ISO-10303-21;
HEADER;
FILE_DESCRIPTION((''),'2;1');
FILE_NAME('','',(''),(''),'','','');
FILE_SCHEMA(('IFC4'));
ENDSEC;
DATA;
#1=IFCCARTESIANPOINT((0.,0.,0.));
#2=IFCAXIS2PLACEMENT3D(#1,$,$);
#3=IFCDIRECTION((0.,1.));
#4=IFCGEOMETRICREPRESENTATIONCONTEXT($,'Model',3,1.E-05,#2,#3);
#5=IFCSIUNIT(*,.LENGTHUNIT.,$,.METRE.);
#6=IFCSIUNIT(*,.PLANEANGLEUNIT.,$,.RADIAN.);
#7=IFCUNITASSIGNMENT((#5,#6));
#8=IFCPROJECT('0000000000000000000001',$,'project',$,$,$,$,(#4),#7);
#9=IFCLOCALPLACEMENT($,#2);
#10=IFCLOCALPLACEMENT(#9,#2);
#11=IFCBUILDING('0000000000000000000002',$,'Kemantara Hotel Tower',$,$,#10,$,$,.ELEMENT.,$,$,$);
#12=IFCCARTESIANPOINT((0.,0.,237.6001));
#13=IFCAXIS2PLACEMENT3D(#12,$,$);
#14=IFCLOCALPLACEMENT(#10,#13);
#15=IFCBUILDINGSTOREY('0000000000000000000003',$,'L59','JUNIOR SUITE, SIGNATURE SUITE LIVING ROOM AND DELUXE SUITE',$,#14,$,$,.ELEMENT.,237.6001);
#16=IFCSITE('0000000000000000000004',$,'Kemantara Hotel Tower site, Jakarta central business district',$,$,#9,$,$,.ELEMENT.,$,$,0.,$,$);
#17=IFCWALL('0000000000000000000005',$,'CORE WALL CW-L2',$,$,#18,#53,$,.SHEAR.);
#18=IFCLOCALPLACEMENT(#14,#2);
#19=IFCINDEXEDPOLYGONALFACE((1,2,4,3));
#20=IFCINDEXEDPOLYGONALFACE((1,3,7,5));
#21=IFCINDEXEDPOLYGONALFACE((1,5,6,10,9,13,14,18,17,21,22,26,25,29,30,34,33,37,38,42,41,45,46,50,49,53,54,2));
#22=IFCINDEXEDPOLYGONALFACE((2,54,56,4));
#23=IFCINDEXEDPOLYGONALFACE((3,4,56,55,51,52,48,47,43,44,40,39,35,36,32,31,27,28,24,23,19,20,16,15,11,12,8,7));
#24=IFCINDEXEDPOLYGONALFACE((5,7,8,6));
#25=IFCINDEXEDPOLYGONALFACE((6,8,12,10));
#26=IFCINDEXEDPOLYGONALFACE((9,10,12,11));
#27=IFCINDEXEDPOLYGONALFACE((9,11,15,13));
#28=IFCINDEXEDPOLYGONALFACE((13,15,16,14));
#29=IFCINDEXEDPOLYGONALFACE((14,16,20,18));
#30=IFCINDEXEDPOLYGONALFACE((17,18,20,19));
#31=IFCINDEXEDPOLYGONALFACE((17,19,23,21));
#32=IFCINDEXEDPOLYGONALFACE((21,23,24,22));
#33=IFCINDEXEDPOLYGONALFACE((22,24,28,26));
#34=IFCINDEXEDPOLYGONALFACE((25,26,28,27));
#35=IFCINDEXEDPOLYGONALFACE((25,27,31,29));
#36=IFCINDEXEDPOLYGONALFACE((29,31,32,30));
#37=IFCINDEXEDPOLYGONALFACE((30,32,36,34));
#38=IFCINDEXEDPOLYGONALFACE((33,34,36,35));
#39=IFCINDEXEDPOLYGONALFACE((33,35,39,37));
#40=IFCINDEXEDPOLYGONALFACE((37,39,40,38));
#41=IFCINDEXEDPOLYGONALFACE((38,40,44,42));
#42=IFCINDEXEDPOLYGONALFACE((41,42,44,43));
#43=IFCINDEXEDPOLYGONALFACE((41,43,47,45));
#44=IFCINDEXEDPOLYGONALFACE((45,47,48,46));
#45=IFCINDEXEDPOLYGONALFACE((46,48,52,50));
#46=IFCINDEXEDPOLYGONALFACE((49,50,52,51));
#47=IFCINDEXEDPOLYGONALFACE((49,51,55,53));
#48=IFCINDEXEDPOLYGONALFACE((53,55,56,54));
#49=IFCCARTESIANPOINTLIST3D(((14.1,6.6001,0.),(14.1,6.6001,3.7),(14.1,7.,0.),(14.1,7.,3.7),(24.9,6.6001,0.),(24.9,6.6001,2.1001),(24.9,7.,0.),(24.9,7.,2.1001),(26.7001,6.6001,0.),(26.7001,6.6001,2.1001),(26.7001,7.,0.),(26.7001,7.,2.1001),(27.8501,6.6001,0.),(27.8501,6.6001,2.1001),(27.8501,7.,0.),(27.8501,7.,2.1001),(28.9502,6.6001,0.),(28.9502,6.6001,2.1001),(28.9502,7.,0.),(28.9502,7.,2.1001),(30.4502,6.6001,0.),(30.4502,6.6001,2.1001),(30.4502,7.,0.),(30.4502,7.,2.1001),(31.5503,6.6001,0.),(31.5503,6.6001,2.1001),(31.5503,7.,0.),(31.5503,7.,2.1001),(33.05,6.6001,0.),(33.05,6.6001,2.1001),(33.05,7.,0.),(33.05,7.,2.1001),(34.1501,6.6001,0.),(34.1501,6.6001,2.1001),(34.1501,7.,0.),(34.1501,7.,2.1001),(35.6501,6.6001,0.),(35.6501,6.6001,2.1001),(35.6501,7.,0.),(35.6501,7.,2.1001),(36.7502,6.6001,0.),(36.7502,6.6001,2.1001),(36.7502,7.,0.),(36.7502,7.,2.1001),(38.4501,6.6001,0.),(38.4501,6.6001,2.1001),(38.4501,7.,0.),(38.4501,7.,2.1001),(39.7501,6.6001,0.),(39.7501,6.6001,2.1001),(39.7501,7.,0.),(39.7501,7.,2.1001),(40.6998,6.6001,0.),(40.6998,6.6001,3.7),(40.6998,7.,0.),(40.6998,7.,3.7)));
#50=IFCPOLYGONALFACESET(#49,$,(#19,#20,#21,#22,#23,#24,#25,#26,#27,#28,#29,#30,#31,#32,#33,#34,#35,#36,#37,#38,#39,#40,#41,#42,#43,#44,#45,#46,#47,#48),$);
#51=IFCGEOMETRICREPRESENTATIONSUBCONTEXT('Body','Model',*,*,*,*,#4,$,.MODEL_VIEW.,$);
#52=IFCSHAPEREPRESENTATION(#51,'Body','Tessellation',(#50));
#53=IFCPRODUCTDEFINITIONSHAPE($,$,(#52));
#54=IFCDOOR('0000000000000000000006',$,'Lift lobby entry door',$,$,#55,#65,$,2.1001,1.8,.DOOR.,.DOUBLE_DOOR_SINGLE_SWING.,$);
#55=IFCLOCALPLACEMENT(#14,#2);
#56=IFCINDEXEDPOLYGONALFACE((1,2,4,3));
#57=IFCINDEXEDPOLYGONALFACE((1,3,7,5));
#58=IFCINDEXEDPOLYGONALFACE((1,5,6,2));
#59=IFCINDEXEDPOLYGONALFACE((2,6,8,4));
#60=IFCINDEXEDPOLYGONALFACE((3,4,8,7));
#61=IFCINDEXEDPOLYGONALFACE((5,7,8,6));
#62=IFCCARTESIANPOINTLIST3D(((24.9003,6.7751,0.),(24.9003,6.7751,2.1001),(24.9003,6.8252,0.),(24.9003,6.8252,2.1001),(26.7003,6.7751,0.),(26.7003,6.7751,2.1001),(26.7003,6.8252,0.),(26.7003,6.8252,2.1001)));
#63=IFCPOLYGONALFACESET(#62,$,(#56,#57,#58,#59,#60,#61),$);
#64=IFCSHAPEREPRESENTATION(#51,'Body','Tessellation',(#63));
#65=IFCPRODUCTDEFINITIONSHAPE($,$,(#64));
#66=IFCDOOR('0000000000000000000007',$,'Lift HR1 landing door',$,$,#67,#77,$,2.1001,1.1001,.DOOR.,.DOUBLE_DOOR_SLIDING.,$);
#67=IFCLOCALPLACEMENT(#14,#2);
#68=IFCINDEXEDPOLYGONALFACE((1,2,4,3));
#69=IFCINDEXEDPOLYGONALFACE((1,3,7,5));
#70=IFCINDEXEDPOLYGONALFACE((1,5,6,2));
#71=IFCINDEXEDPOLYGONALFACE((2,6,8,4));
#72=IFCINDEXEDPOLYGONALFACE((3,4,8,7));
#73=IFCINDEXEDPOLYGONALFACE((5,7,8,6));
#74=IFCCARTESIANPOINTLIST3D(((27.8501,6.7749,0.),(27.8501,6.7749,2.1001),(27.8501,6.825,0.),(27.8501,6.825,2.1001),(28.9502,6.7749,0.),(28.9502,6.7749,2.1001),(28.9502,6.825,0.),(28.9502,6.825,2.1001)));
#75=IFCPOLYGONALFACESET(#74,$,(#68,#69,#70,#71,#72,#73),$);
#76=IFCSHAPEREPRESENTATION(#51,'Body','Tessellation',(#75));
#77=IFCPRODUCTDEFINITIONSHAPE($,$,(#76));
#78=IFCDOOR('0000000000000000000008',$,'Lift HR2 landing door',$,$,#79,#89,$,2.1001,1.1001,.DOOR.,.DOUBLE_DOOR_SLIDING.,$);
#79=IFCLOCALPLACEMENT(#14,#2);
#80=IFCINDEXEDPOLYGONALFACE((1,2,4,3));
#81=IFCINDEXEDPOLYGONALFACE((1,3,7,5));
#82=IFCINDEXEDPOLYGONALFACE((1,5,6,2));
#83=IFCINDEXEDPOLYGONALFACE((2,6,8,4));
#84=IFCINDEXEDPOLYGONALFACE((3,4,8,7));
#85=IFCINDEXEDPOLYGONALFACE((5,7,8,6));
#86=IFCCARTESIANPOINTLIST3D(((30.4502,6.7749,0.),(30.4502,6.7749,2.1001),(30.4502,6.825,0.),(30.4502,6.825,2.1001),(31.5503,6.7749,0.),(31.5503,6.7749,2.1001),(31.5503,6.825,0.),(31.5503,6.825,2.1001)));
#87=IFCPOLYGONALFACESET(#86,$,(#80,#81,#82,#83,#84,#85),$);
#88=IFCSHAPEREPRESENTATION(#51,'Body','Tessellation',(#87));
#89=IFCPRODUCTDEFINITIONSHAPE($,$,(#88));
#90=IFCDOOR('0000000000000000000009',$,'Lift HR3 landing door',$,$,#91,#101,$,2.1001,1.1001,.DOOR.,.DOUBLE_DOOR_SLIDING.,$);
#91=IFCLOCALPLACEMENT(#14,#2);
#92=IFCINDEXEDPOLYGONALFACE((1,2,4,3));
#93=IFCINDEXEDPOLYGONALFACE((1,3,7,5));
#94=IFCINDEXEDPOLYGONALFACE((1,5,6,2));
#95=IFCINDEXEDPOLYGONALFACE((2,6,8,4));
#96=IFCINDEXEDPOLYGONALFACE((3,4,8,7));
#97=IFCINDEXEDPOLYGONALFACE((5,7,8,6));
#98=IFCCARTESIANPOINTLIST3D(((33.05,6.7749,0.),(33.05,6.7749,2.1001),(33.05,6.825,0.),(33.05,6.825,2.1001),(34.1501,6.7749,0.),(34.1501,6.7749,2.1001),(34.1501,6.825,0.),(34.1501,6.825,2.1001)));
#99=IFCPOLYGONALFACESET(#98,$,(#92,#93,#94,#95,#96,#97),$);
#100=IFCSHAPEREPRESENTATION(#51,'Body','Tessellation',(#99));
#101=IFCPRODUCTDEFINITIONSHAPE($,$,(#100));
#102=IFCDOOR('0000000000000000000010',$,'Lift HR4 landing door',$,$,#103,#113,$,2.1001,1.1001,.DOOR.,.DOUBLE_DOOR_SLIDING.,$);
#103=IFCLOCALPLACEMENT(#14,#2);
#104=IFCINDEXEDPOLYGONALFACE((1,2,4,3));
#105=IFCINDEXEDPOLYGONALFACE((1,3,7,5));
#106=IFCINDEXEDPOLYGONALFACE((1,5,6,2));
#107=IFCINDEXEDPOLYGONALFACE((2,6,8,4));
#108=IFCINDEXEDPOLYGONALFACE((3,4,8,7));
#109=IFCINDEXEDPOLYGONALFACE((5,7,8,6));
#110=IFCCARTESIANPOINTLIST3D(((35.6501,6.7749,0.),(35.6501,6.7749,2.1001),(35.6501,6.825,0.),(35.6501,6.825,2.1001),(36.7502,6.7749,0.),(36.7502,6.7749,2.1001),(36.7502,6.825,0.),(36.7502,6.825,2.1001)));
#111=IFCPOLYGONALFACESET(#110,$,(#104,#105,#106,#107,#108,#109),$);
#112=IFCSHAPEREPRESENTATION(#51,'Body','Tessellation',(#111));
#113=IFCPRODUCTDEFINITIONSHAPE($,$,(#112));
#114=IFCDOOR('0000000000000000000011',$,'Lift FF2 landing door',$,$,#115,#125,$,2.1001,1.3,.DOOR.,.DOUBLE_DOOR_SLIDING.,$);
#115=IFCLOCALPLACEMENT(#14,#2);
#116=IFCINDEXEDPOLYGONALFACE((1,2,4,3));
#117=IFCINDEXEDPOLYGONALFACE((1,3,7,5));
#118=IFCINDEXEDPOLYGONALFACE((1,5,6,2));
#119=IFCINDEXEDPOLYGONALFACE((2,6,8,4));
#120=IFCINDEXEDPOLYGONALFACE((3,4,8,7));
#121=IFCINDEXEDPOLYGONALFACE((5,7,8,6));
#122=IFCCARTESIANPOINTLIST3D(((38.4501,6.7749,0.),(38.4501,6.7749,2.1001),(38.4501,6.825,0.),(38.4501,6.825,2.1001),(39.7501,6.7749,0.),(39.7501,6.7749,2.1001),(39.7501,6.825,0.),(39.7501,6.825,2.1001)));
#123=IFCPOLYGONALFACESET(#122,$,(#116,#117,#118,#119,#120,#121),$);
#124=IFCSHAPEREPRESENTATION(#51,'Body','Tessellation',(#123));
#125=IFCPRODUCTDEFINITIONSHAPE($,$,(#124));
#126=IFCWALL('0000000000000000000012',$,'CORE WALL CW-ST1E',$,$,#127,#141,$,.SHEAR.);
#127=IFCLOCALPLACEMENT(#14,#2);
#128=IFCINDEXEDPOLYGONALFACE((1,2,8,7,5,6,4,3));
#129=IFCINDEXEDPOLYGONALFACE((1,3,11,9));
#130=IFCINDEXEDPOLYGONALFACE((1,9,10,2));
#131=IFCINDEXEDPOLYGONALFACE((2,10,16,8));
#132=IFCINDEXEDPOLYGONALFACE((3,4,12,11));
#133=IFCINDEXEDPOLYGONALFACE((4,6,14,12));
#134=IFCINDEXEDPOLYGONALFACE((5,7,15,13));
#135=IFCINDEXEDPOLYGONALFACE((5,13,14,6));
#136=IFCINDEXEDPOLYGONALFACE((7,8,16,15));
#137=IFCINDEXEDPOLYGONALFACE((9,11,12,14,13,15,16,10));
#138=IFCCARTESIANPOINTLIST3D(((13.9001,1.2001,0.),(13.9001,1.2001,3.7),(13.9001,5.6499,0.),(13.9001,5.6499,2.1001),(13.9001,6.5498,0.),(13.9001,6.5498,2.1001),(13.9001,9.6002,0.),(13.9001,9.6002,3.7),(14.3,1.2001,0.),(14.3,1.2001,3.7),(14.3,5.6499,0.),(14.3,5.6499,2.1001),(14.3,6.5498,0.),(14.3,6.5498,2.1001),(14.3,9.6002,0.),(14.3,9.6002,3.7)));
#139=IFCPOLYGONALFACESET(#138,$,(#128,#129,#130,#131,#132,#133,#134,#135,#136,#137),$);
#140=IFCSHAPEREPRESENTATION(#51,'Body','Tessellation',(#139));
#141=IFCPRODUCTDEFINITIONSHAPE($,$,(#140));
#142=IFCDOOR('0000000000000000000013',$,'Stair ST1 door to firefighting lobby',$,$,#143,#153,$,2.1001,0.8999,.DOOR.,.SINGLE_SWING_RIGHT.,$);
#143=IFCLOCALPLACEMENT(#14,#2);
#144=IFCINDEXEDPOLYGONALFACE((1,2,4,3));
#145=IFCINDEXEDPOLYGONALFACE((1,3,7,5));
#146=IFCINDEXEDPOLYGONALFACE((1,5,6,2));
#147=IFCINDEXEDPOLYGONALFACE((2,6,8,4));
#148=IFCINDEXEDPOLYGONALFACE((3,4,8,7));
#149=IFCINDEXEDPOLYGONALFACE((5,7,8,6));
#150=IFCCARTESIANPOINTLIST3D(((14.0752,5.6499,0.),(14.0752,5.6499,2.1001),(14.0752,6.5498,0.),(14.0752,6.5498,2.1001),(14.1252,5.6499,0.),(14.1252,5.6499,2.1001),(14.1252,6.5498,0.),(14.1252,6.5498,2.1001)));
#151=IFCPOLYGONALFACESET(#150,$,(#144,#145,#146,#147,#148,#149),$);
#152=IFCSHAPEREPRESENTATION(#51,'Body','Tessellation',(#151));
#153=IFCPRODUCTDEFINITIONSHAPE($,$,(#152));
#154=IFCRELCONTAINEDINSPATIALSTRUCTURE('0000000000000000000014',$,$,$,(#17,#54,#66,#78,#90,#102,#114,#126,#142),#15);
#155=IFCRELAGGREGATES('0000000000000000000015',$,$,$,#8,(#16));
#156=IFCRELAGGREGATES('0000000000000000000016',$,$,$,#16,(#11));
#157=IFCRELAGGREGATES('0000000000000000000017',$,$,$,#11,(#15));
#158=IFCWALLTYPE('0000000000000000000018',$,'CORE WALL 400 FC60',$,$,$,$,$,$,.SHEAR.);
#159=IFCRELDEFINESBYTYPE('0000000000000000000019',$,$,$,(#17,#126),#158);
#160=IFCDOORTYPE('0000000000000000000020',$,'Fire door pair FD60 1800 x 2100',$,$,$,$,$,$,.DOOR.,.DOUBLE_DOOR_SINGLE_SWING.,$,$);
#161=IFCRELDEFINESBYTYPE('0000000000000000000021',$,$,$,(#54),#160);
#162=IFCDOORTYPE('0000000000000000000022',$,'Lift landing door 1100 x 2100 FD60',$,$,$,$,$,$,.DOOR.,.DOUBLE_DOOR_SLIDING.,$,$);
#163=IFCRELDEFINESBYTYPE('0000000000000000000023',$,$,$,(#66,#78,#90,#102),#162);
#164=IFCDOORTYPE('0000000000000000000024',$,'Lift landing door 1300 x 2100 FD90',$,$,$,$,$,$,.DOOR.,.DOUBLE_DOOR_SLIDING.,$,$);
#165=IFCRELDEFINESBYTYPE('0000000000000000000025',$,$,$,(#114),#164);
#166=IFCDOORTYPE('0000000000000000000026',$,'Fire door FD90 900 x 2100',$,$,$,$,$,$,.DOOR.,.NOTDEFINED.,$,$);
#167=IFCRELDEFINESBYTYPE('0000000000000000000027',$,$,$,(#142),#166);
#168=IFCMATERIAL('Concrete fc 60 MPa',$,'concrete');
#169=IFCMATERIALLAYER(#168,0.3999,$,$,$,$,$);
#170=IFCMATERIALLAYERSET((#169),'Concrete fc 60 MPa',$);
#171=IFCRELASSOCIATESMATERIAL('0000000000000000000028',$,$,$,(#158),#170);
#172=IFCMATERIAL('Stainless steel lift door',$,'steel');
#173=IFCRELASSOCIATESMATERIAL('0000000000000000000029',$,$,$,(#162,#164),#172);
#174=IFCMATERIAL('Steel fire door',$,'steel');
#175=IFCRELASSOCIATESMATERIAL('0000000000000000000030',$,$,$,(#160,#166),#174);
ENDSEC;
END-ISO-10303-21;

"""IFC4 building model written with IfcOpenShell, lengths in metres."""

from ifc_helpers import new_model, si_unit, direction, frame, frame_2d, origin, place, context, subcontext, project, spatial, rectangle, extrude, material, layer, layer_set, type_object, element, fill, save


model = new_model("IFC4")

# Units and contexts
model_context = context("Model", 3, precision=1e-05, world=origin(), true_north=direction((0.0, 1.0)))
body_context = subcontext(model_context, "Body", "Model", "MODEL_VIEW")
ifc_project = project(units=[si_unit("LENGTHUNIT", "METRE"), si_unit("PLANEANGLEUNIT", "RADIAN")], contexts=[model_context])

# Site, building, storey
site_placement = place(None, origin())
site = spatial("IfcSite", under=ifc_project, at=site_placement, Name="Kemantara Hotel Tower site, Jakarta central business district", CompositionType="ELEMENT", RefElevation=0.0)
building_placement = place(site_placement, origin())
building = spatial("IfcBuilding", under=site, at=building_placement, Name="Kemantara Hotel Tower", CompositionType="ELEMENT")
storey_placement = place(building_placement, frame((0.0, 0.0, 237.6001)))
storey = spatial("IfcBuildingStorey", under=building, at=storey_placement, Name="L59", Description="JUNIOR SUITE, SIGNATURE SUITE LIVING ROOM AND DELUXE SUITE", CompositionType="ELEMENT", Elevation=237.6001)

# Shared definitions
ifc_material_1 = material(Name="Concrete fc 60 MPa", Category="concrete")

# Wall, openings, doors
ifc_layer_1 = layer(ifc_material_1, 0.3999)
ifc_layer_set_1 = layer_set([ifc_layer_1], Name="Concrete fc 60 MPa")
wall_type_1 = type_object("IfcWallType", Name="CORE WALL 400 FC60", PredefinedType="SHEAR", material=ifc_layer_set_1)
ifc_material_2 = material(Name="Steel fire door", Category="steel")
ifc_material_3 = material(Name="Stainless steel lift door", Category="steel")
door_type_1 = type_object("IfcDoorType", Name="Lift landing door 1100 x 2100 FD60", OperationType="DOUBLE_DOOR_SLIDING", PredefinedType="DOOR", material=ifc_material_3)
door_type_2 = type_object("IfcDoorType", Name="Lift landing door 1300 x 2100 FD90", OperationType="DOUBLE_DOOR_SLIDING", PredefinedType="DOOR", material=ifc_material_3)
wall_1_placement = place(storey_placement, frame((14.1001, 6.8, 0.0), z_axis=(0.0, 0.0, 1.0), x_axis=(1.0, 0.0, 0.0)))
wall_1 = element("IfcWall", 1, at=wall_1_placement, inside=storey, type_object=wall_type_1, Name="CORE WALL CW-L2", PredefinedType="SHEAR", context=body_context, shape_type="SweptSolid", body=[
    extrude(rectangle(XDim=26.5999, YDim=0.3999, at=frame_2d((13.2998, 0.0))), origin(), (0.0, 0.0, 1.0), 3.7),
])
opening_1_placement = place(wall_1_placement, frame((10.8, 0.0, 0.0)))
opening_1 = element("IfcOpeningElement", 2, at=opening_1_placement, cuts=wall_1, PredefinedType="OPENING", context=body_context, shape_type="SweptSolid", body=[
    extrude(rectangle(XDim=1.8, YDim=2.1001, at=frame_2d((0.8999, 1.05))), frame((0.0, 0.21, 0.0), z_axis=(0.0, -1.0, 0.0), x_axis=(1.0, 0.0, 0.0)), (0.0, 0.0, 1.0), 0.4199),
])
opening_2_placement = place(wall_1_placement, frame((13.75, 0.0, 0.0)))
opening_2 = element("IfcOpeningElement", 3, at=opening_2_placement, cuts=wall_1, PredefinedType="OPENING", context=body_context, shape_type="SweptSolid", body=[
    extrude(rectangle(XDim=1.1001, YDim=2.1001, at=frame_2d((0.55, 1.05))), frame((0.0, 0.21, 0.0), z_axis=(0.0, -1.0, 0.0), x_axis=(1.0, 0.0, 0.0)), (0.0, 0.0, 1.0), 0.4199),
])
opening_3_placement = place(wall_1_placement, frame((16.3501, 0.0, 0.0)))
opening_3 = element("IfcOpeningElement", 4, at=opening_3_placement, cuts=wall_1, PredefinedType="OPENING", context=body_context, shape_type="SweptSolid", body=[
    extrude(rectangle(XDim=1.1001, YDim=2.1001, at=frame_2d((0.55, 1.05))), frame((0.0, 0.21, 0.0), z_axis=(0.0, -1.0, 0.0), x_axis=(1.0, 0.0, 0.0)), (0.0, 0.0, 1.0), 0.4199),
])
opening_4_placement = place(wall_1_placement, frame((18.95, 0.0, 0.0)))
opening_4 = element("IfcOpeningElement", 5, at=opening_4_placement, cuts=wall_1, PredefinedType="OPENING", context=body_context, shape_type="SweptSolid", body=[
    extrude(rectangle(XDim=1.1001, YDim=2.1001, at=frame_2d((0.55, 1.05))), frame((0.0, 0.21, 0.0), z_axis=(0.0, -1.0, 0.0), x_axis=(1.0, 0.0, 0.0)), (0.0, 0.0, 1.0), 0.4199),
])
opening_5_placement = place(wall_1_placement, frame((21.55, 0.0, 0.0)))
opening_5 = element("IfcOpeningElement", 6, at=opening_5_placement, cuts=wall_1, PredefinedType="OPENING", context=body_context, shape_type="SweptSolid", body=[
    extrude(rectangle(XDim=1.1001, YDim=2.1001, at=frame_2d((0.55, 1.05))), frame((0.0, 0.21, 0.0), z_axis=(0.0, -1.0, 0.0), x_axis=(1.0, 0.0, 0.0)), (0.0, 0.0, 1.0), 0.4199),
])
opening_6_placement = place(wall_1_placement, frame((24.3501, 0.0, 0.0)))
opening_6 = element("IfcOpeningElement", 7, at=opening_6_placement, cuts=wall_1, PredefinedType="OPENING", context=body_context, shape_type="SweptSolid", body=[
    extrude(rectangle(XDim=1.3, YDim=2.1001, at=frame_2d((0.6499, 1.05))), frame((0.0, 0.21, 0.0), z_axis=(0.0, -1.0, 0.0), x_axis=(1.0, 0.0, 0.0)), (0.0, 0.0, 1.0), 0.4199),
])
door_type_3 = type_object("IfcDoorType", Name="Fire door pair FD60 1800 x 2100", OperationType="DOUBLE_DOOR_SINGLE_SWING", PredefinedType="DOOR", material=ifc_material_2)
door_1_placement = place(opening_1_placement, frame((1.8, 0.0, 0.0), z_axis=(0.0, 0.0, 1.0), x_axis=(-1.0, 0.0, 0.0)))
door_1 = element("IfcDoor", 8, at=door_1_placement, inside=storey, type_object=door_type_3, Name="Lift lobby entry door", OperationType="DOUBLE_DOOR_SINGLE_SWING", OverallHeight=2.1001, OverallWidth=1.8, PredefinedType="DOOR", context=body_context, shape_type="SweptSolid", body=[
    extrude(rectangle(XDim=1.8, YDim=2.1001, at=frame_2d((0.8999, 1.05))), frame((0.0, 0.0249, 0.0), z_axis=(0.0, -1.0, 0.0), x_axis=(1.0, 0.0, 0.0)), (0.0, 0.0, 1.0), 0.05),
])
fill(opening_1, door_1)
door_2_placement = place(opening_2_placement, origin())
door_2 = element("IfcDoor", 9, at=door_2_placement, inside=storey, type_object=door_type_1, Name="Lift HR1 landing door", OperationType="DOUBLE_DOOR_SLIDING", OverallHeight=2.1001, OverallWidth=1.1001, PredefinedType="DOOR", context=body_context, shape_type="SweptSolid", body=[
    extrude(rectangle(XDim=1.1001, YDim=2.1001, at=frame_2d((0.55, 1.05))), frame((0.0, 0.0249, 0.0), z_axis=(0.0, -1.0, 0.0), x_axis=(1.0, 0.0, 0.0)), (0.0, 0.0, 1.0), 0.05),
])
fill(opening_2, door_2)
door_3_placement = place(opening_3_placement, origin())
door_3 = element("IfcDoor", 10, at=door_3_placement, inside=storey, type_object=door_type_1, Name="Lift HR2 landing door", OperationType="DOUBLE_DOOR_SLIDING", OverallHeight=2.1001, OverallWidth=1.1001, PredefinedType="DOOR", context=body_context, shape_type="SweptSolid", body=[
    extrude(rectangle(XDim=1.1001, YDim=2.1001, at=frame_2d((0.55, 1.05))), frame((0.0, 0.0249, 0.0), z_axis=(0.0, -1.0, 0.0), x_axis=(1.0, 0.0, 0.0)), (0.0, 0.0, 1.0), 0.05),
])
fill(opening_3, door_3)
door_4_placement = place(opening_4_placement, origin())
door_4 = element("IfcDoor", 11, at=door_4_placement, inside=storey, type_object=door_type_1, Name="Lift HR3 landing door", OperationType="DOUBLE_DOOR_SLIDING", OverallHeight=2.1001, OverallWidth=1.1001, PredefinedType="DOOR", context=body_context, shape_type="SweptSolid", body=[
    extrude(rectangle(XDim=1.1001, YDim=2.1001, at=frame_2d((0.55, 1.05))), frame((0.0, 0.0249, 0.0), z_axis=(0.0, -1.0, 0.0), x_axis=(1.0, 0.0, 0.0)), (0.0, 0.0, 1.0), 0.05),
])
fill(opening_4, door_4)
door_5_placement = place(opening_5_placement, origin())
door_5 = element("IfcDoor", 12, at=door_5_placement, inside=storey, type_object=door_type_1, Name="Lift HR4 landing door", OperationType="DOUBLE_DOOR_SLIDING", OverallHeight=2.1001, OverallWidth=1.1001, PredefinedType="DOOR", context=body_context, shape_type="SweptSolid", body=[
    extrude(rectangle(XDim=1.1001, YDim=2.1001, at=frame_2d((0.55, 1.05))), frame((0.0, 0.0249, 0.0), z_axis=(0.0, -1.0, 0.0), x_axis=(1.0, 0.0, 0.0)), (0.0, 0.0, 1.0), 0.05),
])
fill(opening_5, door_5)
door_6_placement = place(opening_6_placement, origin())
door_6 = element("IfcDoor", 13, at=door_6_placement, inside=storey, type_object=door_type_2, Name="Lift FF2 landing door", OperationType="DOUBLE_DOOR_SLIDING", OverallHeight=2.1001, OverallWidth=1.3, PredefinedType="DOOR", context=body_context, shape_type="SweptSolid", body=[
    extrude(rectangle(XDim=1.3, YDim=2.1001, at=frame_2d((0.6499, 1.05))), frame((0.0, 0.0249, 0.0), z_axis=(0.0, -1.0, 0.0), x_axis=(1.0, 0.0, 0.0)), (0.0, 0.0, 1.0), 0.05),
])
fill(opening_6, door_6)

# Wall, opening, door
wall_2_placement = place(storey_placement, frame((14.1001, 1.2, 0.0), z_axis=(0.0, 0.0, 1.0), x_axis=(0.0, 1.0, 0.0)))
wall_2 = element("IfcWall", 14, at=wall_2_placement, inside=storey, type_object=wall_type_1, Name="CORE WALL CW-ST1E", PredefinedType="SHEAR", context=body_context, shape_type="SweptSolid", body=[
    extrude(rectangle(XDim=8.4001, YDim=0.3999, at=frame_2d((4.2002, 0.0))), origin(), (0.0, 0.0, 1.0), 3.7),
])
opening_7_placement = place(wall_2_placement, frame((4.45, 0.0, 0.0)))
opening_7 = element("IfcOpeningElement", 15, at=opening_7_placement, cuts=wall_2, PredefinedType="OPENING", context=body_context, shape_type="SweptSolid", body=[
    extrude(rectangle(XDim=0.8999, YDim=2.1001, at=frame_2d((0.45, 1.05))), frame((0.0, 0.21, 0.0), z_axis=(0.0, -1.0, 0.0), x_axis=(1.0, 0.0, 0.0)), (0.0, 0.0, 1.0), 0.4199),
])
door_type_4 = type_object("IfcDoorType", Name="Fire door FD90 900 x 2100", OperationType="NOTDEFINED", PredefinedType="DOOR", material=ifc_material_2)
door_7_placement = place(opening_7_placement, origin())
door_7 = element("IfcDoor", 16, at=door_7_placement, inside=storey, type_object=door_type_4, Name="Stair ST1 door to firefighting lobby", OperationType="SINGLE_SWING_RIGHT", OverallHeight=2.1001, OverallWidth=0.8999, PredefinedType="DOOR", context=body_context, shape_type="SweptSolid", body=[
    extrude(rectangle(XDim=0.8999, YDim=2.1001, at=frame_2d((0.45, 1.05))), frame((0.0, 0.0249, 0.0), z_axis=(0.0, -1.0, 0.0), x_axis=(1.0, 0.0, 0.0)), (0.0, 0.0, 1.0), 0.05),
])
fill(opening_7, door_7)

save(model, "model.ifc")
